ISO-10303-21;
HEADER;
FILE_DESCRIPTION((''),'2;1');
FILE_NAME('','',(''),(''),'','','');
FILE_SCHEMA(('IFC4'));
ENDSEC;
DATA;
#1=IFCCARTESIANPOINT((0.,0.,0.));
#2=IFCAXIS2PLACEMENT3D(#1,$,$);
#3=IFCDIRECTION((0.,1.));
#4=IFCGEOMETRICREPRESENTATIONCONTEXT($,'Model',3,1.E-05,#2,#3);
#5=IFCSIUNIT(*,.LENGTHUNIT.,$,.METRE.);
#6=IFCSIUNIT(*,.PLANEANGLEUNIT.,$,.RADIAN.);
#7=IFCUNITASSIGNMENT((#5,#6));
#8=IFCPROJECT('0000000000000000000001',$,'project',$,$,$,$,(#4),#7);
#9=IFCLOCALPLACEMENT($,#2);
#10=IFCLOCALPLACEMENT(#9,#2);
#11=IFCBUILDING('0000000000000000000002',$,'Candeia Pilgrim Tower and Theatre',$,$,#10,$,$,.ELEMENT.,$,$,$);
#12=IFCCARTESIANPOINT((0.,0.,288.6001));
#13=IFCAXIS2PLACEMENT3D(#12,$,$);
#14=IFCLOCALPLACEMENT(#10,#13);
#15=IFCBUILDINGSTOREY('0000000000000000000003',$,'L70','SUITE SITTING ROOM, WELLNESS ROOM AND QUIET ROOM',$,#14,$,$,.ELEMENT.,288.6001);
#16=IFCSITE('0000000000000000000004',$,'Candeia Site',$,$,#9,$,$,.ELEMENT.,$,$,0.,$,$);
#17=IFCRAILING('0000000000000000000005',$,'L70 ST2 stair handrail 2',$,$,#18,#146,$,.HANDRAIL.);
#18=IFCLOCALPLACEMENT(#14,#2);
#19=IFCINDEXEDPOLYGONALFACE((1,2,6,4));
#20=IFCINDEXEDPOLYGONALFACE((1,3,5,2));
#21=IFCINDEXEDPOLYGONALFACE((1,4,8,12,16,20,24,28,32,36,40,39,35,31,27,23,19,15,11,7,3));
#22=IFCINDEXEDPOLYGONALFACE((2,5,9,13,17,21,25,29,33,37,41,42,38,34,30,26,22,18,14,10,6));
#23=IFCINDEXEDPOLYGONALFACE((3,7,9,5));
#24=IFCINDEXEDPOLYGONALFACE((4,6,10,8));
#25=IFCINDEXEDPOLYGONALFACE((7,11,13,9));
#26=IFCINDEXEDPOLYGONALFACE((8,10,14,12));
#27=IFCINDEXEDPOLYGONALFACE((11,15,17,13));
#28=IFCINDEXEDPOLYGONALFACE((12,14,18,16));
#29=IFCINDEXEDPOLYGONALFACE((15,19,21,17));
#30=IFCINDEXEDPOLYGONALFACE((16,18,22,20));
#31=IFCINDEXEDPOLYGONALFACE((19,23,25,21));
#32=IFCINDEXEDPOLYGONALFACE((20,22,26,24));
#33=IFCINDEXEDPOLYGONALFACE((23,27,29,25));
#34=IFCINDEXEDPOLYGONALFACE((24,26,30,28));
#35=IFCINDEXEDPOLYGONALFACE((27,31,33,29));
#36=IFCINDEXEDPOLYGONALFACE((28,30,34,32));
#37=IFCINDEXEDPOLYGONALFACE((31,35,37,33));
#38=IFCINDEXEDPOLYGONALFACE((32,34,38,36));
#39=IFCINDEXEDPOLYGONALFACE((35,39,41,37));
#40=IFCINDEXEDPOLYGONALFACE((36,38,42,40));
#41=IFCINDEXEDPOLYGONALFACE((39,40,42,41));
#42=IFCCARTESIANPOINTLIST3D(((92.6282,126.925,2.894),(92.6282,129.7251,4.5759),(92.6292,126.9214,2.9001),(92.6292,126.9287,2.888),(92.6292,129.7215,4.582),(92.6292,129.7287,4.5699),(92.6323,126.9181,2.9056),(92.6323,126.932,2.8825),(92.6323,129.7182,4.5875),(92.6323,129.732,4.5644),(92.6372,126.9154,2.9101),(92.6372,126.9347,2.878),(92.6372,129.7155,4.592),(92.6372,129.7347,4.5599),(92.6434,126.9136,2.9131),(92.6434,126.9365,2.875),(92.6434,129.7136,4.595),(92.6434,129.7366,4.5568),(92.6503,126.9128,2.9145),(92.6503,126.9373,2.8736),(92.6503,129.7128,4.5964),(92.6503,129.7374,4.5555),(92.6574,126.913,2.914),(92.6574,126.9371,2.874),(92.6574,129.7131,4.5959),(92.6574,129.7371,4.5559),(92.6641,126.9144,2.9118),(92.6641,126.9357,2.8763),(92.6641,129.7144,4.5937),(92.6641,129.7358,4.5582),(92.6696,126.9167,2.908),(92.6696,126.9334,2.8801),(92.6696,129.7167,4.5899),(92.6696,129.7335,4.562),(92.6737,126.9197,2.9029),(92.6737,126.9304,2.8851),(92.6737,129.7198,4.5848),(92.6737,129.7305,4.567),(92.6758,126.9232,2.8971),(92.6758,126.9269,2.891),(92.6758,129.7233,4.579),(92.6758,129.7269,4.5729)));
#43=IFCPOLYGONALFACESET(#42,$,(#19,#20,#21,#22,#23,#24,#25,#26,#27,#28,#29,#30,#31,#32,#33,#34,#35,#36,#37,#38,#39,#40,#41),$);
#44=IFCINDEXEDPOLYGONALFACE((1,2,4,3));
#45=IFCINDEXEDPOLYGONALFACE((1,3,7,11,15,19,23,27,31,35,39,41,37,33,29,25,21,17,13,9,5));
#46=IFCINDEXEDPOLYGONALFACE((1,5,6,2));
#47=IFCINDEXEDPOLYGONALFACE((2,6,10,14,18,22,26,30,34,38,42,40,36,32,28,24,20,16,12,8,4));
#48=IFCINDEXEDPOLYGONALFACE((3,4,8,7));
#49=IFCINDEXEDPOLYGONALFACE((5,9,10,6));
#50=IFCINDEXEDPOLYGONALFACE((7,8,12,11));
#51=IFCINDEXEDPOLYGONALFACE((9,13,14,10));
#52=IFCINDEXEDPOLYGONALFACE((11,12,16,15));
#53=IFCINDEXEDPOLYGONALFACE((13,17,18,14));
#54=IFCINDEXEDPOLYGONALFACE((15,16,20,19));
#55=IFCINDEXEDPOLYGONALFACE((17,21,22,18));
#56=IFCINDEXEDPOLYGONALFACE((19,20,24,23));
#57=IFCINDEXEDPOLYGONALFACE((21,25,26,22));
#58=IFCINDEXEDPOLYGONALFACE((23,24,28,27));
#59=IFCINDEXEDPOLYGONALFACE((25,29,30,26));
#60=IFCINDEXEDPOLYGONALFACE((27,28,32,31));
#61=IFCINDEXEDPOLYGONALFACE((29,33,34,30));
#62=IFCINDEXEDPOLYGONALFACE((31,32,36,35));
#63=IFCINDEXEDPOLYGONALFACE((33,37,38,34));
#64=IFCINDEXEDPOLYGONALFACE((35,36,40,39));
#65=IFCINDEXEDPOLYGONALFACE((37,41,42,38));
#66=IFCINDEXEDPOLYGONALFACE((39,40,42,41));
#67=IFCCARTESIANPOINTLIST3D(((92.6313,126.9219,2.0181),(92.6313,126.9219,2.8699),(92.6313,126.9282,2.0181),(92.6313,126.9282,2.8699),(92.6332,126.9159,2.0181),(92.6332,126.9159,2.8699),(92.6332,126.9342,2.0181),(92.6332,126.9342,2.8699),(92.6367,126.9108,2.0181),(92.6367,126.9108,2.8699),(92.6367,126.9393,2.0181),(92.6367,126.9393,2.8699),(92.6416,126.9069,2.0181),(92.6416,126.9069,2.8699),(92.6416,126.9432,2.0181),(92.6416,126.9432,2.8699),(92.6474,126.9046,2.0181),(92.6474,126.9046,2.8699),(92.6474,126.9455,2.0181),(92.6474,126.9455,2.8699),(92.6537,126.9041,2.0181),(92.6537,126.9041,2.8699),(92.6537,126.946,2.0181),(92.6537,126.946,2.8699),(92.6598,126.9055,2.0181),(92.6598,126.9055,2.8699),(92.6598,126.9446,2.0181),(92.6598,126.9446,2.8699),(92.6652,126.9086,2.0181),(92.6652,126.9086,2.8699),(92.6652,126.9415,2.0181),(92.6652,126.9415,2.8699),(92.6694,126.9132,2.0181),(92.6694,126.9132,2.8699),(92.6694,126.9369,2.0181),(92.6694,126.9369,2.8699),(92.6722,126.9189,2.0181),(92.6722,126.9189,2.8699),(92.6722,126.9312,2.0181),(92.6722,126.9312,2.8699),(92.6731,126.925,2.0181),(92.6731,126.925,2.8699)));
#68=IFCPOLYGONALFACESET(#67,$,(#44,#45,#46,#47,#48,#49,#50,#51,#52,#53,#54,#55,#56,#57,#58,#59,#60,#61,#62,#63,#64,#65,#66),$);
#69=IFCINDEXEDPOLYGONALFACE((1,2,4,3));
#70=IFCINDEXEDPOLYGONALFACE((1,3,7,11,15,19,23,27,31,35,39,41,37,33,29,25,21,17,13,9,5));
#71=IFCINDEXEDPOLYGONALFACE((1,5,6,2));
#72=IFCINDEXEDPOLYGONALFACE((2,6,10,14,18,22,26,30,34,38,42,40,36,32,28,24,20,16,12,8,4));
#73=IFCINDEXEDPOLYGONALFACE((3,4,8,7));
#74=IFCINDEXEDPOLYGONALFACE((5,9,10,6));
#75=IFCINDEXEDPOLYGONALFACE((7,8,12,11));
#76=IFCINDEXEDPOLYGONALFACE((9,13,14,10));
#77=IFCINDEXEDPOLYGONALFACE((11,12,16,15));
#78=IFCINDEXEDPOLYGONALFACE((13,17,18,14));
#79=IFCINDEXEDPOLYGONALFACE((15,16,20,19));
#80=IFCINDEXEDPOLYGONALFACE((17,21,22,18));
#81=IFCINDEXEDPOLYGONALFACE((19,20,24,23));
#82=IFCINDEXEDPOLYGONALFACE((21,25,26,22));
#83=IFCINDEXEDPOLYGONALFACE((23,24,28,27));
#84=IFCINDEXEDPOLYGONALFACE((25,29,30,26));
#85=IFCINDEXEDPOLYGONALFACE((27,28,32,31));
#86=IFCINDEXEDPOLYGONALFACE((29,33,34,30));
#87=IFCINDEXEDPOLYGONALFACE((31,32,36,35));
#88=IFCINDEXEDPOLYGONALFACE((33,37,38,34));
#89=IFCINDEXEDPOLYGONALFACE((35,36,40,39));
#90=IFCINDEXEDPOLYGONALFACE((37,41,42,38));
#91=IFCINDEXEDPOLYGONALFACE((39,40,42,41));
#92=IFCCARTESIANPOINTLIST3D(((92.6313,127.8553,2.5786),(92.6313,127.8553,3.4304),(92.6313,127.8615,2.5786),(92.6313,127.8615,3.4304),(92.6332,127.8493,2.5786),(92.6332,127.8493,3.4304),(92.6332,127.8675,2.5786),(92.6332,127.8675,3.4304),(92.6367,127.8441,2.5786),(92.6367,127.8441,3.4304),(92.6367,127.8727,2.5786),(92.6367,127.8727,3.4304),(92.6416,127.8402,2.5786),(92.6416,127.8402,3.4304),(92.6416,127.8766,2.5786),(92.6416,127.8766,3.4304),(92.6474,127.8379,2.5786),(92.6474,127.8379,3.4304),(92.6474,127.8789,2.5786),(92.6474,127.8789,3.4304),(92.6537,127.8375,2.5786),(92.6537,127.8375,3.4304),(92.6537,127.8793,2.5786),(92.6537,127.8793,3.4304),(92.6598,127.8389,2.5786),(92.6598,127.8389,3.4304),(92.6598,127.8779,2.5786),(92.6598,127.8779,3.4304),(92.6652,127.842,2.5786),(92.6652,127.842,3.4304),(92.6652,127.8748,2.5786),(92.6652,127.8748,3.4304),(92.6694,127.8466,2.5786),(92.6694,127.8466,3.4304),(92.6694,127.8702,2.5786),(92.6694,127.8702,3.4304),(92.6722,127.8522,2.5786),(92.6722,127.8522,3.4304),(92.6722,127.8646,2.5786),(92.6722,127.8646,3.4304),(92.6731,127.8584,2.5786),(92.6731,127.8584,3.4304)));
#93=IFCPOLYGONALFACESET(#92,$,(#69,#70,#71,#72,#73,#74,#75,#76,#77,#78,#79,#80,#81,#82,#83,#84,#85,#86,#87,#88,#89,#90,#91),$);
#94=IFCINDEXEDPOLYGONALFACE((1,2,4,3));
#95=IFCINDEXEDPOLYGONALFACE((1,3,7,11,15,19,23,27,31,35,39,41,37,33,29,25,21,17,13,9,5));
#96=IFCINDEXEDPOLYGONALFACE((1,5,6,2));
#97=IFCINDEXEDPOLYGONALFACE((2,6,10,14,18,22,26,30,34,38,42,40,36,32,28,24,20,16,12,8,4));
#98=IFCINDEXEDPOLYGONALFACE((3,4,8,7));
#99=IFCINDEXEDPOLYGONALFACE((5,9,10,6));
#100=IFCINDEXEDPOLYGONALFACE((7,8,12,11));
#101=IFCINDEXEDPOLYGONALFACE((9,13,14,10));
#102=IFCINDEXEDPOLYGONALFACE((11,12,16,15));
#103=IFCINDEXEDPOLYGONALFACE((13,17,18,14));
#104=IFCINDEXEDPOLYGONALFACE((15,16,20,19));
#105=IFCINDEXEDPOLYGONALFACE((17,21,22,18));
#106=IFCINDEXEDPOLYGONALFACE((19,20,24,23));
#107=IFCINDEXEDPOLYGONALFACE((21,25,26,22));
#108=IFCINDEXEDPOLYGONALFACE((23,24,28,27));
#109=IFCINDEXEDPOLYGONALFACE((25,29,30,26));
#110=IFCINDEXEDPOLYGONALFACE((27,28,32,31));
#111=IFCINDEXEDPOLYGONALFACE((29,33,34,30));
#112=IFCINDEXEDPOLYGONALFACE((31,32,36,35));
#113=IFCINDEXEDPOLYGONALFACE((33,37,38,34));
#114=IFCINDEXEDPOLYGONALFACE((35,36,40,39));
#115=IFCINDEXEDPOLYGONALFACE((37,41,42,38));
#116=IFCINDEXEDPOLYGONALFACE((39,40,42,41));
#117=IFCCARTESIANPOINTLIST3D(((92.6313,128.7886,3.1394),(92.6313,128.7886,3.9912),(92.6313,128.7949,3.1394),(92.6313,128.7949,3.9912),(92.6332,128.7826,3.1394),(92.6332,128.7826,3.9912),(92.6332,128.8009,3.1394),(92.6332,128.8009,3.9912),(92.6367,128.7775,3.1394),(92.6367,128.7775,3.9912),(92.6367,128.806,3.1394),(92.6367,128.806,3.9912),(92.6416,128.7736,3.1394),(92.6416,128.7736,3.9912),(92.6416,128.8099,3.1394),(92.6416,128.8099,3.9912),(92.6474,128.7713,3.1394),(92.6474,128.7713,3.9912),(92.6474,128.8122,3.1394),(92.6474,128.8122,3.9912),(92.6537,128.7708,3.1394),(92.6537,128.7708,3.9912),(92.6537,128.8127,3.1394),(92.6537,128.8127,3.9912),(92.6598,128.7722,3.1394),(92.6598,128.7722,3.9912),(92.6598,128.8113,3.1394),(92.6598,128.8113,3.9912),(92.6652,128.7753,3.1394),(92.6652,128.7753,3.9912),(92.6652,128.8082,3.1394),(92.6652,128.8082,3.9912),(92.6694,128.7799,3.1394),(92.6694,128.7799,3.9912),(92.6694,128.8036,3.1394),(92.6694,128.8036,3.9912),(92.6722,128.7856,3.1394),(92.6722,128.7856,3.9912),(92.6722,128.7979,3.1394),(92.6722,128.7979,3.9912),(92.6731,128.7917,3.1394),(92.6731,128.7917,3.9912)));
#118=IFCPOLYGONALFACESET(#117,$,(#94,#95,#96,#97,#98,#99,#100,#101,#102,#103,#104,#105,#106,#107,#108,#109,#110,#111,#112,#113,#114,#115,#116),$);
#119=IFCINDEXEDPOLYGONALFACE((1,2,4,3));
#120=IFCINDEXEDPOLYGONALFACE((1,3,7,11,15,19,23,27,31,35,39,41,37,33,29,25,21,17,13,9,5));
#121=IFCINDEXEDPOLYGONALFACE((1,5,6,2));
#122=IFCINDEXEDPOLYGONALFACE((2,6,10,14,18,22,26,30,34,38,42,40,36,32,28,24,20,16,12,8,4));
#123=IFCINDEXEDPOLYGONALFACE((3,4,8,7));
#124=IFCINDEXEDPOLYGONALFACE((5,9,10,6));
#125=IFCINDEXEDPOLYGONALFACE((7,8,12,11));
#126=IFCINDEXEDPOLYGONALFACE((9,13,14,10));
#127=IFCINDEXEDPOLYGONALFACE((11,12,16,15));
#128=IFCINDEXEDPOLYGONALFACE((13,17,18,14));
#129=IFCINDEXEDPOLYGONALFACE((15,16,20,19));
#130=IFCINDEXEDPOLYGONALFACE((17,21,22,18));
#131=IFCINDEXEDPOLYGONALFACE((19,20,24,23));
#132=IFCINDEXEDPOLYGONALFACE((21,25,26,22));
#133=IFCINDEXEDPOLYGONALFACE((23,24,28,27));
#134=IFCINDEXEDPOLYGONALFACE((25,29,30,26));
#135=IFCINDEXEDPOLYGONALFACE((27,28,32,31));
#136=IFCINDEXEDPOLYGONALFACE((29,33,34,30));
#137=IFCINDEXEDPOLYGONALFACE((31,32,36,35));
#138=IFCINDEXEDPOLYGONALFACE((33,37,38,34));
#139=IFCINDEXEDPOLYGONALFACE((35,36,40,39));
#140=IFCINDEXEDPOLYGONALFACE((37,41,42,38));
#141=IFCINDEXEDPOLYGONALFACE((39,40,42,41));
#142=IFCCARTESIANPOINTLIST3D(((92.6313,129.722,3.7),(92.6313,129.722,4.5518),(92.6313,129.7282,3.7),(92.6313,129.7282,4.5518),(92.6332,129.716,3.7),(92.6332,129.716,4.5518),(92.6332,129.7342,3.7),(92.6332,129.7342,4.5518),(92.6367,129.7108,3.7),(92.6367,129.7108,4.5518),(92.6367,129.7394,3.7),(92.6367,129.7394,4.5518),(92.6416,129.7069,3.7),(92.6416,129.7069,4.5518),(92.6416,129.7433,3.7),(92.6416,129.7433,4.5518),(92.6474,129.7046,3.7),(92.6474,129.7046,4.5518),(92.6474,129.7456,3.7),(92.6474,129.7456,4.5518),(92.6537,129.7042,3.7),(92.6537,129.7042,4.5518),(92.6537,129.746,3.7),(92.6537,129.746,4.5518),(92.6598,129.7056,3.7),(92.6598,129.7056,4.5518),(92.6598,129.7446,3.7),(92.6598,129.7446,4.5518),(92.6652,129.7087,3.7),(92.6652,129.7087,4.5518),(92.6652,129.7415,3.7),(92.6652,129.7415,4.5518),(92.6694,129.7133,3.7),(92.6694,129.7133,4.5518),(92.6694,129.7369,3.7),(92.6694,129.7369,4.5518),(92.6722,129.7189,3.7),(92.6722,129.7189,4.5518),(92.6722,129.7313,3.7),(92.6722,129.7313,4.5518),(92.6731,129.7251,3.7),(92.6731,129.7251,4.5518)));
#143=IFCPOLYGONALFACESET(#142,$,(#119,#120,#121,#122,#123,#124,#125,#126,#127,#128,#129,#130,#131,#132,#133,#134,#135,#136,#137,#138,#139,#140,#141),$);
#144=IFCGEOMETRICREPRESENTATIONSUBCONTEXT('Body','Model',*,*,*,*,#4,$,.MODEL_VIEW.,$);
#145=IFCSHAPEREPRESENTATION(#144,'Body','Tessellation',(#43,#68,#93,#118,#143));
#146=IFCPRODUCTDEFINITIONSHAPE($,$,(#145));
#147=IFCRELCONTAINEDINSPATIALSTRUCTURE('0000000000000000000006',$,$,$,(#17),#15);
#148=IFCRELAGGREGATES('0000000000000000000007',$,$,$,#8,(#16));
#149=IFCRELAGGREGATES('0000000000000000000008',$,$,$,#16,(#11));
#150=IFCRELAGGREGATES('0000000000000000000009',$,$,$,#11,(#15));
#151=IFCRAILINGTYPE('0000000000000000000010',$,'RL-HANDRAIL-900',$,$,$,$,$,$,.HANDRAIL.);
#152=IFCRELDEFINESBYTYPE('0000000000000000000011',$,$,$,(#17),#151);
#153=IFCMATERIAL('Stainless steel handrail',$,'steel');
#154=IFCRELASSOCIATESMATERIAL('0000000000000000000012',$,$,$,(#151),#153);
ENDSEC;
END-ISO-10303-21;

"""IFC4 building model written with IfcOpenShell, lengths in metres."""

from ifc_helpers import new_model, si_unit, direction, frame, origin, origin_2d, place, context, subcontext, project, spatial, circle, extrude, material, type_object, element, save


model = new_model("IFC4")

# Units and contexts
model_context = context("Model", 3, precision=1e-05, world=origin(), true_north=direction((0.0, 1.0)))
body_context = subcontext(model_context, "Body", "Model", "MODEL_VIEW")
ifc_project = project(units=[si_unit("LENGTHUNIT", "METRE"), si_unit("PLANEANGLEUNIT", "RADIAN")], contexts=[model_context])

# Site, building, storey
site_placement = place(None, origin())
site = spatial("IfcSite", under=ifc_project, at=site_placement, Name="Candeia Site", CompositionType="ELEMENT", RefElevation=0.0)
building_placement = place(site_placement, origin())
building = spatial("IfcBuilding", under=site, at=building_placement, Name="Candeia Pilgrim Tower and Theatre", CompositionType="ELEMENT")
storey_placement = place(building_placement, frame((0.0, 0.0, 288.6001)))
storey = spatial("IfcBuildingStorey", under=building, at=storey_placement, Name="L70", Description="SUITE SITTING ROOM, WELLNESS ROOM AND QUIET ROOM", CompositionType="ELEMENT", Elevation=288.6001)

# Railing
ifc_material_1 = material(Name="Stainless steel handrail", Category="steel")
railing_type_1 = type_object("IfcRailingType", Name="RL-HANDRAIL-900", PredefinedType="HANDRAIL", material=ifc_material_1)
railing_1_placement = place(storey_placement, frame((92.6521, 126.925, 2.0181)))
element("IfcRailing", 1, at=railing_1_placement, inside=storey, type_object=railing_type_1, Name="L70 ST2 stair handrail 2", PredefinedType="HANDRAIL", context=body_context, shape_type="SweptSolid", body=[
    extrude(circle(Radius=0.0239, at=origin_2d()), frame((0.0, 0.0, 0.876), z_axis=(0.0, 0.857242, 0.514913), x_axis=(-1.0, 0.0, 0.0)), (0.0, 0.0, 1.0), 3.2664),
    extrude(circle(Radius=0.021, at=origin_2d()), origin(), (0.0, 0.0, 1.0), 0.8518),
    extrude(circle(Radius=0.021, at=origin_2d()), frame((0.0, 0.9333, 0.5605)), (0.0, 0.0, 1.0), 0.8518),
    extrude(circle(Radius=0.021, at=origin_2d()), frame((0.0, 1.8667, 1.1213)), (0.0, 0.0, 1.0), 0.8518),
    extrude(circle(Radius=0.021, at=origin_2d()), frame((0.0, 2.8, 1.6819)), (0.0, 0.0, 1.0), 0.8518),
])

save(model, "model.ifc")
